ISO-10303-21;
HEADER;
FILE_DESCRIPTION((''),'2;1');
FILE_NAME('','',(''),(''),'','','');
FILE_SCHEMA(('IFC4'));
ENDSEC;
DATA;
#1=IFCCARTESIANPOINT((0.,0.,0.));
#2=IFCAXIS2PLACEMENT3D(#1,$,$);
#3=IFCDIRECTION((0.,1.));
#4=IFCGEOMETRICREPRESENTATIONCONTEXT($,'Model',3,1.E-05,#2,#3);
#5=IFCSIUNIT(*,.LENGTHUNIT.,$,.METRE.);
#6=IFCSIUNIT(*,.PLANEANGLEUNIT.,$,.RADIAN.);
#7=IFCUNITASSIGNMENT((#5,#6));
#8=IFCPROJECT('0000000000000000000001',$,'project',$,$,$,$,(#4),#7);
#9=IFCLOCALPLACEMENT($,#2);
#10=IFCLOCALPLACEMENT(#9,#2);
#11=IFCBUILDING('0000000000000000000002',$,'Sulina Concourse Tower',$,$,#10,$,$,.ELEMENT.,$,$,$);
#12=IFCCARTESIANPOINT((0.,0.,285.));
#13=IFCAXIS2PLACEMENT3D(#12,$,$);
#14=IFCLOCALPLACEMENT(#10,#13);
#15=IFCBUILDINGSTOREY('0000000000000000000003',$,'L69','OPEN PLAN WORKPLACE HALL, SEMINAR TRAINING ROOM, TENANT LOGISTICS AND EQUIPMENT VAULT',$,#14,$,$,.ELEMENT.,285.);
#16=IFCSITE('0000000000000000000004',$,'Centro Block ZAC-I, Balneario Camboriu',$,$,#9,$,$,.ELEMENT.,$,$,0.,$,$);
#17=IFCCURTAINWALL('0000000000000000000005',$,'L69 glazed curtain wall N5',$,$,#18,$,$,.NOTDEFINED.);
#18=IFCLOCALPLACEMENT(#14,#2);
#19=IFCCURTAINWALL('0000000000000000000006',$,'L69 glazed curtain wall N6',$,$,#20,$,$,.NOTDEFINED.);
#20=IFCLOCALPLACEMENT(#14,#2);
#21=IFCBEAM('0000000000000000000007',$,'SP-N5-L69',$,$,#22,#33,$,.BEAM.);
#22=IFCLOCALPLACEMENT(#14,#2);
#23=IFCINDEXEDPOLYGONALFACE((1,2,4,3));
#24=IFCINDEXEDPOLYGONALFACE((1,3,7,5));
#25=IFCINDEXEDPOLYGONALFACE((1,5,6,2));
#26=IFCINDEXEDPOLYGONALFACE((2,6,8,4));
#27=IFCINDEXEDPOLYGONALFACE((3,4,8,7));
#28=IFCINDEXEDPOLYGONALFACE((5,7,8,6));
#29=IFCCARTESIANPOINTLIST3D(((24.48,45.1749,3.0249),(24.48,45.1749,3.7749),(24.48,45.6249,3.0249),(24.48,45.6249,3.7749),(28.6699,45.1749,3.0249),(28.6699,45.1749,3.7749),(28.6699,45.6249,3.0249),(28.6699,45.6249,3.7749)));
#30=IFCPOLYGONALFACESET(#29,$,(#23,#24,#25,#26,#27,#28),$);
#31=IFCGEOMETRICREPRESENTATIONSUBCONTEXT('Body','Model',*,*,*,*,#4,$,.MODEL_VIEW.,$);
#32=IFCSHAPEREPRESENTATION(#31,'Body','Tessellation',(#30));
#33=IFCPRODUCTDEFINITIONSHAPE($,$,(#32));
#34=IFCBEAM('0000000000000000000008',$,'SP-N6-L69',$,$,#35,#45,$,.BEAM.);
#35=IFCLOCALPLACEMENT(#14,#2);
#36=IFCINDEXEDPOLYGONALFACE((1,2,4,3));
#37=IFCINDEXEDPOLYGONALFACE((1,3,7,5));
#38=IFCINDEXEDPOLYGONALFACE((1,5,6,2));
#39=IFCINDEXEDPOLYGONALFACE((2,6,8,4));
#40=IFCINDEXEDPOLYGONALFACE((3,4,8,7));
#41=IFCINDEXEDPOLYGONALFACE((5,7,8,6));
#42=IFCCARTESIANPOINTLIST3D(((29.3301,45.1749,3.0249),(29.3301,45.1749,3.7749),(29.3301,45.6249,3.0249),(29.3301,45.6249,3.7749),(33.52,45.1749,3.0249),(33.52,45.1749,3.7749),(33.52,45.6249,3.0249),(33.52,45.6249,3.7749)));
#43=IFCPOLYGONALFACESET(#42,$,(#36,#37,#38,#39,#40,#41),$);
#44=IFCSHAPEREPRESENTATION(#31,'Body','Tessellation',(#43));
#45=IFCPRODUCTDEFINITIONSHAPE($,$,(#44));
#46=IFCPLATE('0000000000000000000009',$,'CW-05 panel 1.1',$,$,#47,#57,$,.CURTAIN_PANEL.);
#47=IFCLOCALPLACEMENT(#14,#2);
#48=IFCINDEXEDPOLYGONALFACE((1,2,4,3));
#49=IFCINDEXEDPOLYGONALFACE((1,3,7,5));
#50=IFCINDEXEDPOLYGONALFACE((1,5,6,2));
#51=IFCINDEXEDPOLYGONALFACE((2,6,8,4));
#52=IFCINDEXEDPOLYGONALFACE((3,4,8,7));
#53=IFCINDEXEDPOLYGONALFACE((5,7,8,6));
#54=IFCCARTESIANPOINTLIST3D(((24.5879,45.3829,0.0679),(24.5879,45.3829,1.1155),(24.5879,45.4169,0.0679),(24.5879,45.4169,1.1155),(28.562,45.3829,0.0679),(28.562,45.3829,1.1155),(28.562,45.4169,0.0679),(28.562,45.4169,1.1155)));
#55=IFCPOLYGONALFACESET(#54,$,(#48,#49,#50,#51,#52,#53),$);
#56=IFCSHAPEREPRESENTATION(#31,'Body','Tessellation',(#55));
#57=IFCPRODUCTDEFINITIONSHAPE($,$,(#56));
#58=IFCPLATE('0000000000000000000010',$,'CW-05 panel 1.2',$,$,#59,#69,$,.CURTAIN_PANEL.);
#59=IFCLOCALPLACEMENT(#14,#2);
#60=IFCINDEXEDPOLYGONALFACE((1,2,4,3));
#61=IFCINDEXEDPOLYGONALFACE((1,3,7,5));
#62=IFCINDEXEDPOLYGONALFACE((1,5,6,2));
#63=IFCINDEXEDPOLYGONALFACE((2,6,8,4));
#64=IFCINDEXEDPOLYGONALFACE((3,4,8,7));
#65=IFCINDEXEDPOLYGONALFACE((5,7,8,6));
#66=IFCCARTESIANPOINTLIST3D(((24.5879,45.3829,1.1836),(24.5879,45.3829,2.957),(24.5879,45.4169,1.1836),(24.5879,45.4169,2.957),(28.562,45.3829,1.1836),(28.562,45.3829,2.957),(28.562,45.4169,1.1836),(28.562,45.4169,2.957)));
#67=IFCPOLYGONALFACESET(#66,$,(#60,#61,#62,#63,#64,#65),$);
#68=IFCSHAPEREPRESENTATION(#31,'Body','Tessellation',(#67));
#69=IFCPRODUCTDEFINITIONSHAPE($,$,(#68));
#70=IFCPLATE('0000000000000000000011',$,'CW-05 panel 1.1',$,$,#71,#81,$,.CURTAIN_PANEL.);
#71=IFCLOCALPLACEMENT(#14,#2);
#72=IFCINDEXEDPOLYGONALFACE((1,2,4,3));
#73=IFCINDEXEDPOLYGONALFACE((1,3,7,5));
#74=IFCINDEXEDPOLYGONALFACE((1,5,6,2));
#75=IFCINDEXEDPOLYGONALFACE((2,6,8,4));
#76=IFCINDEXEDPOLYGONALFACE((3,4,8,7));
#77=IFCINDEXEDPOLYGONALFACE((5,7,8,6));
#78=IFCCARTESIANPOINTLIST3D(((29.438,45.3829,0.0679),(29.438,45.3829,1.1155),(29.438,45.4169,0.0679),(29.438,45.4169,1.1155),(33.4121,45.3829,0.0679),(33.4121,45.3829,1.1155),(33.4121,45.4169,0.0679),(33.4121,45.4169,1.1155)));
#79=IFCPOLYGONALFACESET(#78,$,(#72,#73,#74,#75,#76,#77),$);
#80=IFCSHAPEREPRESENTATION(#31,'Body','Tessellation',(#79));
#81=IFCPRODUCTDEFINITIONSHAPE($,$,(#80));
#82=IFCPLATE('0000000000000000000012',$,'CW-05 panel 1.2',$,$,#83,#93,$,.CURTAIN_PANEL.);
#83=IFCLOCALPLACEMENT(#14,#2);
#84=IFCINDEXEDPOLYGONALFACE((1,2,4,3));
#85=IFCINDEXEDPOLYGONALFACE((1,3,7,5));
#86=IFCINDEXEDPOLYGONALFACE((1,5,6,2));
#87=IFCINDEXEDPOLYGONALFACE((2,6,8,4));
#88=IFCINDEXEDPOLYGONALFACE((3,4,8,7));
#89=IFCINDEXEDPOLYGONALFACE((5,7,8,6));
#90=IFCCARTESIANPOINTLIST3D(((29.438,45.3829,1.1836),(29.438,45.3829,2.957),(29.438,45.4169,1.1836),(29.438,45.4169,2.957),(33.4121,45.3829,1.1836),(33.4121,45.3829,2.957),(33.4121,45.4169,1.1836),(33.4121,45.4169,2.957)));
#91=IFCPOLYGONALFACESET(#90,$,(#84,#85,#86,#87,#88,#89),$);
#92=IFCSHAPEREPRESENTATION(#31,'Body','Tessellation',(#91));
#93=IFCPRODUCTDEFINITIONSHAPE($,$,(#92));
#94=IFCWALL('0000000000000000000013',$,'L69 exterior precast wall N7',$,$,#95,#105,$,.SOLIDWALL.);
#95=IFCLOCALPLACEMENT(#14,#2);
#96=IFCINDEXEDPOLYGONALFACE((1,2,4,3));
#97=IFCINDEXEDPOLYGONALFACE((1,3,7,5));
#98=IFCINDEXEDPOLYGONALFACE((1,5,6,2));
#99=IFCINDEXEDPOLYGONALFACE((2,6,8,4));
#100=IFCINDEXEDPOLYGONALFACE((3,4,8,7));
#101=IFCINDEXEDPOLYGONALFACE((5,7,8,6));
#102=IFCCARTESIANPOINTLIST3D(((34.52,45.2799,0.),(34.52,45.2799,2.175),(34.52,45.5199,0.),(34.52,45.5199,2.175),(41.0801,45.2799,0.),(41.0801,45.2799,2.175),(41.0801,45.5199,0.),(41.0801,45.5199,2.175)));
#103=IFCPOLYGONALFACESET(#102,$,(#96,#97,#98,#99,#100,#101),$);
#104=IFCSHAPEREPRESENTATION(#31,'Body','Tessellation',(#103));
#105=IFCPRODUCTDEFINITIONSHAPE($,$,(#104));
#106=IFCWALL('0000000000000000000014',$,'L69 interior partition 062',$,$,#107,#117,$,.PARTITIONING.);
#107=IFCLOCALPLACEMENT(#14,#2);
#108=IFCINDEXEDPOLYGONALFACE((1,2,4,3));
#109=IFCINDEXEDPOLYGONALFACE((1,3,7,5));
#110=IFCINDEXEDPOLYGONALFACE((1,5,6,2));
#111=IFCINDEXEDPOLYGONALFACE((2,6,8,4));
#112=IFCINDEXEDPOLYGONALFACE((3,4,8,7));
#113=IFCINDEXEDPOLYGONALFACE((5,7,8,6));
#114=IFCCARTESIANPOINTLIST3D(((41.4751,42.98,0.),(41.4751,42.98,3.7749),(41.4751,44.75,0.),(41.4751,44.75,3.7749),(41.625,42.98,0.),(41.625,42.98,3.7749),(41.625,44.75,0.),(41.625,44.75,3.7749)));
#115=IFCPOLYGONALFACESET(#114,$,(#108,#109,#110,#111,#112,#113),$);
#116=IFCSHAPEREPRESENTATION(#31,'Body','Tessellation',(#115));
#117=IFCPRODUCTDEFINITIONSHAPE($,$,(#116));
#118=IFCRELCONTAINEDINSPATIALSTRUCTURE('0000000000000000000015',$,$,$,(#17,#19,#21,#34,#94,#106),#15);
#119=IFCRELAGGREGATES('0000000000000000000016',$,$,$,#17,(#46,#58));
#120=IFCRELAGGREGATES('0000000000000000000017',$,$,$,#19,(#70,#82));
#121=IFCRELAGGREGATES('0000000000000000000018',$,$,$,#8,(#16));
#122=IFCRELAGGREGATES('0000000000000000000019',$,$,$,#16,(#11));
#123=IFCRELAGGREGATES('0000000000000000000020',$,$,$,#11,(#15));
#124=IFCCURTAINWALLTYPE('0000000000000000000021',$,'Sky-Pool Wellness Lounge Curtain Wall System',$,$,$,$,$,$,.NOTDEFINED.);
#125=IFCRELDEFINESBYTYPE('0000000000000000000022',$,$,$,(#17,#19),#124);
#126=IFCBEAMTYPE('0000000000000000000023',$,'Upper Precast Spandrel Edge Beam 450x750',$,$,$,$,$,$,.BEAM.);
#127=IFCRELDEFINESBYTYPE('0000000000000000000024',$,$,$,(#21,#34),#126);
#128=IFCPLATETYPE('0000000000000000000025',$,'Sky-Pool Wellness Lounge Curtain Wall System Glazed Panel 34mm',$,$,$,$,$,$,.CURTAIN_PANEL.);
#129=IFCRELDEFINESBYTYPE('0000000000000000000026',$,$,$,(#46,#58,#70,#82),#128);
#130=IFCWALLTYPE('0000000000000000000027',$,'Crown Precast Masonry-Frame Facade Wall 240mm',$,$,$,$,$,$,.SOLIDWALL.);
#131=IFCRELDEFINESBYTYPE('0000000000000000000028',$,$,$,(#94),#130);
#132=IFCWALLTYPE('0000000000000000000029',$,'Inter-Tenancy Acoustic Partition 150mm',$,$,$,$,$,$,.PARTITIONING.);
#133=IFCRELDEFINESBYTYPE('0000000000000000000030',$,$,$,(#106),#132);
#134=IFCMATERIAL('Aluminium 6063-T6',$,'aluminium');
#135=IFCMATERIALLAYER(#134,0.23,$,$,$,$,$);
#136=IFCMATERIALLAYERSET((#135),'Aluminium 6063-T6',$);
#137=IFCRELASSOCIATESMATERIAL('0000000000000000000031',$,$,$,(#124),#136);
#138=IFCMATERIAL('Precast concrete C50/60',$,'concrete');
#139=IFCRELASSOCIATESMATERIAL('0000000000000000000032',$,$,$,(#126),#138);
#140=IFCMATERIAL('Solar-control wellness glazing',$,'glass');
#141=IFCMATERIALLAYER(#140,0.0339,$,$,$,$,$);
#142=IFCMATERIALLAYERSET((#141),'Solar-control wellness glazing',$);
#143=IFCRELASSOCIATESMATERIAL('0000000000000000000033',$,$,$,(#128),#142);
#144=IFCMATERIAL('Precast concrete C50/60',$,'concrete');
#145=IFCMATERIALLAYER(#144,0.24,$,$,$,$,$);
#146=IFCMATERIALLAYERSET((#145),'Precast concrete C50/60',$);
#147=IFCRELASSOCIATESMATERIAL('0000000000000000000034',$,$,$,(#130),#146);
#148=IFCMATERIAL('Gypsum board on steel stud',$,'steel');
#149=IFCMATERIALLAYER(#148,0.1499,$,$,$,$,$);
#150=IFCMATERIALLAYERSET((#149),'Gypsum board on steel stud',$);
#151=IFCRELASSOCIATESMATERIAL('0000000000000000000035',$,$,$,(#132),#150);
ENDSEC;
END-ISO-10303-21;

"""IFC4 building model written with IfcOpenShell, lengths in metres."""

from ifc_helpers import new_model, si_unit, direction, frame, frame_2d, origin, origin_2d, place, context, subcontext, project, spatial, rectangle, extrude, material, layer, layer_set, material_profile, profile_set, type_object, element, aggregate, save


model = new_model("IFC4")

# Units and contexts
model_context = context("Model", 3, precision=1e-05, world=origin(), true_north=direction((0.0, 1.0)))
body_context = subcontext(model_context, "Body", "Model", "MODEL_VIEW")
ifc_project = project(units=[si_unit("LENGTHUNIT", "METRE"), si_unit("PLANEANGLEUNIT", "RADIAN")], contexts=[model_context])

# Site, building, storey
site_placement = place(None, origin())
site = spatial("IfcSite", under=ifc_project, at=site_placement, Name="Centro Block ZAC-I, Balneario Camboriu", CompositionType="ELEMENT", RefElevation=0.0)
building_placement = place(site_placement, origin())
building = spatial("IfcBuilding", under=site, at=building_placement, Name="Sulina Concourse Tower", CompositionType="ELEMENT")
storey_placement = place(building_placement, frame((0.0, 0.0, 285.0)))
storey = spatial("IfcBuildingStorey", under=building, at=storey_placement, Name="L69", Description="OPEN PLAN WORKPLACE HALL, SEMINAR TRAINING ROOM, TENANT LOGISTICS AND EQUIPMENT VAULT", CompositionType="ELEMENT", Elevation=285.0)

# Curtain walls
ifc_material_1 = material(Name="Aluminium 6063-T6", Category="aluminium")
ifc_layer_1 = layer(ifc_material_1, 0.23)
ifc_layer_set_1 = layer_set([ifc_layer_1], Name="Aluminium 6063-T6")
curtain_wall_type = type_object("IfcCurtainWallType", Name="Sky-Pool Wellness Lounge Curtain Wall System", PredefinedType="NOTDEFINED", material=ifc_layer_set_1)
curtain_wall_1_placement = place(storey_placement, origin())
curtain_wall_1 = element("IfcCurtainWall", 1, at=curtain_wall_1_placement, inside=storey, type_object=curtain_wall_type, Name="L69 glazed curtain wall N5", PredefinedType="NOTDEFINED")
curtain_wall_2_placement = place(storey_placement, origin())
curtain_wall_2 = element("IfcCurtainWall", 2, at=curtain_wall_2_placement, inside=storey, type_object=curtain_wall_type, Name="L69 glazed curtain wall N6", PredefinedType="NOTDEFINED")

# Beams
ifc_material_2 = material(Name="Precast concrete C50/60", Category="concrete")
ifc_material_profile_1 = material_profile(ifc_material_2, rectangle(XDim=0.45, YDim=0.75, at=origin_2d()), Name="RC 450x750")
ifc_profile_set_1 = profile_set([ifc_material_profile_1], Name="Precast concrete C50/60")
beam_type_1 = type_object("IfcBeamType", Name="Upper Precast Spandrel Edge Beam 450x750", PredefinedType="BEAM", material=ifc_profile_set_1)
for number, where, z_axis, x_axis, name in (
    (3, (24.48, 45.3999, 3.3999), (1.0, 0.0, 0.0), (0.0, 1.0, 0.0), "SP-N5-L69"),
    (4, (29.3301, 45.3999, 3.3999), (1.0, 0.0, 0.0), (0.0, 1.0, 0.0), "SP-N6-L69"),
):
    element("IfcBeam", number, at=place(storey_placement, frame(where, z_axis=z_axis, x_axis=x_axis)), inside=storey, type_object=beam_type_1, Name=name, PredefinedType="BEAM", context=body_context, shape_type="SweptSolid", body=[
        extrude(rectangle(XDim=0.45, YDim=0.75, at=origin_2d()), origin(), (0.0, 0.0, 1.0), 4.1899),
    ])

# Plates
ifc_material_3 = material(Name="Solar-control wellness glazing", Category="glass")
ifc_layer_2 = layer(ifc_material_3, 0.0339)
ifc_layer_set_2 = layer_set([ifc_layer_2], Name="Solar-control wellness glazing")
plate_type = type_object("IfcPlateType", Name="Sky-Pool Wellness Lounge Curtain Wall System Glazed Panel 34mm", PredefinedType="CURTAIN_PANEL", material=ifc_layer_set_2)
plate_1_placement = place(storey_placement, frame((26.575, 45.3999, 0.0679), z_axis=(0.0, 0.0, 1.0), x_axis=(1.0, 0.0, 0.0)))
plate_1 = element("IfcPlate", 5, at=plate_1_placement, type_object=plate_type, Name="CW-05 panel 1.1", PredefinedType="CURTAIN_PANEL", context=body_context, shape_type="SweptSolid", body=[
    extrude(rectangle(XDim=3.9741, YDim=0.0339, at=origin_2d()), origin(), (0.0, 0.0, 1.0), 1.0476),
])
plate_2_placement = place(storey_placement, frame((26.575, 45.3999, 1.1836), z_axis=(0.0, 0.0, 1.0), x_axis=(1.0, 0.0, 0.0)))
plate_2 = element("IfcPlate", 6, at=plate_2_placement, type_object=plate_type, Name="CW-05 panel 1.2", PredefinedType="CURTAIN_PANEL", context=body_context, shape_type="SweptSolid", body=[
    extrude(rectangle(XDim=3.9741, YDim=0.0339, at=origin_2d()), origin(), (0.0, 0.0, 1.0), 1.7734),
])
aggregate(curtain_wall_1, [plate_1, plate_2])
plate_3_placement = place(storey_placement, frame((31.425, 45.3999, 0.0679), z_axis=(0.0, 0.0, 1.0), x_axis=(1.0, 0.0, 0.0)))
plate_3 = element("IfcPlate", 7, at=plate_3_placement, type_object=plate_type, Name="CW-05 panel 1.1", PredefinedType="CURTAIN_PANEL", context=body_context, shape_type="SweptSolid", body=[
    extrude(rectangle(XDim=3.9741, YDim=0.0339, at=origin_2d()), origin(), (0.0, 0.0, 1.0), 1.0476),
])
plate_4_placement = place(storey_placement, frame((31.425, 45.3999, 1.1836), z_axis=(0.0, 0.0, 1.0), x_axis=(1.0, 0.0, 0.0)))
plate_4 = element("IfcPlate", 8, at=plate_4_placement, type_object=plate_type, Name="CW-05 panel 1.2", PredefinedType="CURTAIN_PANEL", context=body_context, shape_type="SweptSolid", body=[
    extrude(rectangle(XDim=3.9741, YDim=0.0339, at=origin_2d()), origin(), (0.0, 0.0, 1.0), 1.7734),
])
aggregate(curtain_wall_2, [plate_3, plate_4])

# Walls
ifc_material_4 = material(Name="Precast concrete C50/60", Category="concrete")
ifc_layer_3 = layer(ifc_material_4, 0.24)
ifc_layer_set_3 = layer_set([ifc_layer_3], Name="Precast concrete C50/60")
wall_type_1 = type_object("IfcWallType", Name="Crown Precast Masonry-Frame Facade Wall 240mm", PredefinedType="SOLIDWALL", material=ifc_layer_set_3)
wall_1_placement = place(storey_placement, frame((34.52, 45.3999, 0.0), z_axis=(0.0, 0.0, 1.0), x_axis=(1.0, 0.0, 0.0)))
element("IfcWall", 9, at=wall_1_placement, inside=storey, type_object=wall_type_1, Name="L69 exterior precast wall N7", PredefinedType="SOLIDWALL", context=body_context, shape_type="SweptSolid", body=[
    extrude(rectangle(XDim=6.5601, YDim=0.24, at=frame_2d((3.28, 0.0))), origin(), (0.0, 0.0, 1.0), 2.175),
])
ifc_material_5 = material(Name="Gypsum board on steel stud", Category="steel")
ifc_layer_4 = layer(ifc_material_5, 0.1499)
ifc_layer_set_4 = layer_set([ifc_layer_4], Name="Gypsum board on steel stud")
wall_type_2 = type_object("IfcWallType", Name="Inter-Tenancy Acoustic Partition 150mm", PredefinedType="PARTITIONING", material=ifc_layer_set_4)
wall_2_placement = place(storey_placement, frame((41.55, 42.98, 0.0), z_axis=(0.0, 0.0, 1.0), x_axis=(0.0, 1.0, 0.0)))
element("IfcWall", 10, at=wall_2_placement, inside=storey, type_object=wall_type_2, Name="L69 interior partition 062", PredefinedType="PARTITIONING", context=body_context, shape_type="SweptSolid", body=[
    extrude(rectangle(XDim=1.77, YDim=0.1499, at=frame_2d((0.885, 0.0))), origin(), (0.0, 0.0, 1.0), 3.7749),
])

save(model, "model.ifc")
